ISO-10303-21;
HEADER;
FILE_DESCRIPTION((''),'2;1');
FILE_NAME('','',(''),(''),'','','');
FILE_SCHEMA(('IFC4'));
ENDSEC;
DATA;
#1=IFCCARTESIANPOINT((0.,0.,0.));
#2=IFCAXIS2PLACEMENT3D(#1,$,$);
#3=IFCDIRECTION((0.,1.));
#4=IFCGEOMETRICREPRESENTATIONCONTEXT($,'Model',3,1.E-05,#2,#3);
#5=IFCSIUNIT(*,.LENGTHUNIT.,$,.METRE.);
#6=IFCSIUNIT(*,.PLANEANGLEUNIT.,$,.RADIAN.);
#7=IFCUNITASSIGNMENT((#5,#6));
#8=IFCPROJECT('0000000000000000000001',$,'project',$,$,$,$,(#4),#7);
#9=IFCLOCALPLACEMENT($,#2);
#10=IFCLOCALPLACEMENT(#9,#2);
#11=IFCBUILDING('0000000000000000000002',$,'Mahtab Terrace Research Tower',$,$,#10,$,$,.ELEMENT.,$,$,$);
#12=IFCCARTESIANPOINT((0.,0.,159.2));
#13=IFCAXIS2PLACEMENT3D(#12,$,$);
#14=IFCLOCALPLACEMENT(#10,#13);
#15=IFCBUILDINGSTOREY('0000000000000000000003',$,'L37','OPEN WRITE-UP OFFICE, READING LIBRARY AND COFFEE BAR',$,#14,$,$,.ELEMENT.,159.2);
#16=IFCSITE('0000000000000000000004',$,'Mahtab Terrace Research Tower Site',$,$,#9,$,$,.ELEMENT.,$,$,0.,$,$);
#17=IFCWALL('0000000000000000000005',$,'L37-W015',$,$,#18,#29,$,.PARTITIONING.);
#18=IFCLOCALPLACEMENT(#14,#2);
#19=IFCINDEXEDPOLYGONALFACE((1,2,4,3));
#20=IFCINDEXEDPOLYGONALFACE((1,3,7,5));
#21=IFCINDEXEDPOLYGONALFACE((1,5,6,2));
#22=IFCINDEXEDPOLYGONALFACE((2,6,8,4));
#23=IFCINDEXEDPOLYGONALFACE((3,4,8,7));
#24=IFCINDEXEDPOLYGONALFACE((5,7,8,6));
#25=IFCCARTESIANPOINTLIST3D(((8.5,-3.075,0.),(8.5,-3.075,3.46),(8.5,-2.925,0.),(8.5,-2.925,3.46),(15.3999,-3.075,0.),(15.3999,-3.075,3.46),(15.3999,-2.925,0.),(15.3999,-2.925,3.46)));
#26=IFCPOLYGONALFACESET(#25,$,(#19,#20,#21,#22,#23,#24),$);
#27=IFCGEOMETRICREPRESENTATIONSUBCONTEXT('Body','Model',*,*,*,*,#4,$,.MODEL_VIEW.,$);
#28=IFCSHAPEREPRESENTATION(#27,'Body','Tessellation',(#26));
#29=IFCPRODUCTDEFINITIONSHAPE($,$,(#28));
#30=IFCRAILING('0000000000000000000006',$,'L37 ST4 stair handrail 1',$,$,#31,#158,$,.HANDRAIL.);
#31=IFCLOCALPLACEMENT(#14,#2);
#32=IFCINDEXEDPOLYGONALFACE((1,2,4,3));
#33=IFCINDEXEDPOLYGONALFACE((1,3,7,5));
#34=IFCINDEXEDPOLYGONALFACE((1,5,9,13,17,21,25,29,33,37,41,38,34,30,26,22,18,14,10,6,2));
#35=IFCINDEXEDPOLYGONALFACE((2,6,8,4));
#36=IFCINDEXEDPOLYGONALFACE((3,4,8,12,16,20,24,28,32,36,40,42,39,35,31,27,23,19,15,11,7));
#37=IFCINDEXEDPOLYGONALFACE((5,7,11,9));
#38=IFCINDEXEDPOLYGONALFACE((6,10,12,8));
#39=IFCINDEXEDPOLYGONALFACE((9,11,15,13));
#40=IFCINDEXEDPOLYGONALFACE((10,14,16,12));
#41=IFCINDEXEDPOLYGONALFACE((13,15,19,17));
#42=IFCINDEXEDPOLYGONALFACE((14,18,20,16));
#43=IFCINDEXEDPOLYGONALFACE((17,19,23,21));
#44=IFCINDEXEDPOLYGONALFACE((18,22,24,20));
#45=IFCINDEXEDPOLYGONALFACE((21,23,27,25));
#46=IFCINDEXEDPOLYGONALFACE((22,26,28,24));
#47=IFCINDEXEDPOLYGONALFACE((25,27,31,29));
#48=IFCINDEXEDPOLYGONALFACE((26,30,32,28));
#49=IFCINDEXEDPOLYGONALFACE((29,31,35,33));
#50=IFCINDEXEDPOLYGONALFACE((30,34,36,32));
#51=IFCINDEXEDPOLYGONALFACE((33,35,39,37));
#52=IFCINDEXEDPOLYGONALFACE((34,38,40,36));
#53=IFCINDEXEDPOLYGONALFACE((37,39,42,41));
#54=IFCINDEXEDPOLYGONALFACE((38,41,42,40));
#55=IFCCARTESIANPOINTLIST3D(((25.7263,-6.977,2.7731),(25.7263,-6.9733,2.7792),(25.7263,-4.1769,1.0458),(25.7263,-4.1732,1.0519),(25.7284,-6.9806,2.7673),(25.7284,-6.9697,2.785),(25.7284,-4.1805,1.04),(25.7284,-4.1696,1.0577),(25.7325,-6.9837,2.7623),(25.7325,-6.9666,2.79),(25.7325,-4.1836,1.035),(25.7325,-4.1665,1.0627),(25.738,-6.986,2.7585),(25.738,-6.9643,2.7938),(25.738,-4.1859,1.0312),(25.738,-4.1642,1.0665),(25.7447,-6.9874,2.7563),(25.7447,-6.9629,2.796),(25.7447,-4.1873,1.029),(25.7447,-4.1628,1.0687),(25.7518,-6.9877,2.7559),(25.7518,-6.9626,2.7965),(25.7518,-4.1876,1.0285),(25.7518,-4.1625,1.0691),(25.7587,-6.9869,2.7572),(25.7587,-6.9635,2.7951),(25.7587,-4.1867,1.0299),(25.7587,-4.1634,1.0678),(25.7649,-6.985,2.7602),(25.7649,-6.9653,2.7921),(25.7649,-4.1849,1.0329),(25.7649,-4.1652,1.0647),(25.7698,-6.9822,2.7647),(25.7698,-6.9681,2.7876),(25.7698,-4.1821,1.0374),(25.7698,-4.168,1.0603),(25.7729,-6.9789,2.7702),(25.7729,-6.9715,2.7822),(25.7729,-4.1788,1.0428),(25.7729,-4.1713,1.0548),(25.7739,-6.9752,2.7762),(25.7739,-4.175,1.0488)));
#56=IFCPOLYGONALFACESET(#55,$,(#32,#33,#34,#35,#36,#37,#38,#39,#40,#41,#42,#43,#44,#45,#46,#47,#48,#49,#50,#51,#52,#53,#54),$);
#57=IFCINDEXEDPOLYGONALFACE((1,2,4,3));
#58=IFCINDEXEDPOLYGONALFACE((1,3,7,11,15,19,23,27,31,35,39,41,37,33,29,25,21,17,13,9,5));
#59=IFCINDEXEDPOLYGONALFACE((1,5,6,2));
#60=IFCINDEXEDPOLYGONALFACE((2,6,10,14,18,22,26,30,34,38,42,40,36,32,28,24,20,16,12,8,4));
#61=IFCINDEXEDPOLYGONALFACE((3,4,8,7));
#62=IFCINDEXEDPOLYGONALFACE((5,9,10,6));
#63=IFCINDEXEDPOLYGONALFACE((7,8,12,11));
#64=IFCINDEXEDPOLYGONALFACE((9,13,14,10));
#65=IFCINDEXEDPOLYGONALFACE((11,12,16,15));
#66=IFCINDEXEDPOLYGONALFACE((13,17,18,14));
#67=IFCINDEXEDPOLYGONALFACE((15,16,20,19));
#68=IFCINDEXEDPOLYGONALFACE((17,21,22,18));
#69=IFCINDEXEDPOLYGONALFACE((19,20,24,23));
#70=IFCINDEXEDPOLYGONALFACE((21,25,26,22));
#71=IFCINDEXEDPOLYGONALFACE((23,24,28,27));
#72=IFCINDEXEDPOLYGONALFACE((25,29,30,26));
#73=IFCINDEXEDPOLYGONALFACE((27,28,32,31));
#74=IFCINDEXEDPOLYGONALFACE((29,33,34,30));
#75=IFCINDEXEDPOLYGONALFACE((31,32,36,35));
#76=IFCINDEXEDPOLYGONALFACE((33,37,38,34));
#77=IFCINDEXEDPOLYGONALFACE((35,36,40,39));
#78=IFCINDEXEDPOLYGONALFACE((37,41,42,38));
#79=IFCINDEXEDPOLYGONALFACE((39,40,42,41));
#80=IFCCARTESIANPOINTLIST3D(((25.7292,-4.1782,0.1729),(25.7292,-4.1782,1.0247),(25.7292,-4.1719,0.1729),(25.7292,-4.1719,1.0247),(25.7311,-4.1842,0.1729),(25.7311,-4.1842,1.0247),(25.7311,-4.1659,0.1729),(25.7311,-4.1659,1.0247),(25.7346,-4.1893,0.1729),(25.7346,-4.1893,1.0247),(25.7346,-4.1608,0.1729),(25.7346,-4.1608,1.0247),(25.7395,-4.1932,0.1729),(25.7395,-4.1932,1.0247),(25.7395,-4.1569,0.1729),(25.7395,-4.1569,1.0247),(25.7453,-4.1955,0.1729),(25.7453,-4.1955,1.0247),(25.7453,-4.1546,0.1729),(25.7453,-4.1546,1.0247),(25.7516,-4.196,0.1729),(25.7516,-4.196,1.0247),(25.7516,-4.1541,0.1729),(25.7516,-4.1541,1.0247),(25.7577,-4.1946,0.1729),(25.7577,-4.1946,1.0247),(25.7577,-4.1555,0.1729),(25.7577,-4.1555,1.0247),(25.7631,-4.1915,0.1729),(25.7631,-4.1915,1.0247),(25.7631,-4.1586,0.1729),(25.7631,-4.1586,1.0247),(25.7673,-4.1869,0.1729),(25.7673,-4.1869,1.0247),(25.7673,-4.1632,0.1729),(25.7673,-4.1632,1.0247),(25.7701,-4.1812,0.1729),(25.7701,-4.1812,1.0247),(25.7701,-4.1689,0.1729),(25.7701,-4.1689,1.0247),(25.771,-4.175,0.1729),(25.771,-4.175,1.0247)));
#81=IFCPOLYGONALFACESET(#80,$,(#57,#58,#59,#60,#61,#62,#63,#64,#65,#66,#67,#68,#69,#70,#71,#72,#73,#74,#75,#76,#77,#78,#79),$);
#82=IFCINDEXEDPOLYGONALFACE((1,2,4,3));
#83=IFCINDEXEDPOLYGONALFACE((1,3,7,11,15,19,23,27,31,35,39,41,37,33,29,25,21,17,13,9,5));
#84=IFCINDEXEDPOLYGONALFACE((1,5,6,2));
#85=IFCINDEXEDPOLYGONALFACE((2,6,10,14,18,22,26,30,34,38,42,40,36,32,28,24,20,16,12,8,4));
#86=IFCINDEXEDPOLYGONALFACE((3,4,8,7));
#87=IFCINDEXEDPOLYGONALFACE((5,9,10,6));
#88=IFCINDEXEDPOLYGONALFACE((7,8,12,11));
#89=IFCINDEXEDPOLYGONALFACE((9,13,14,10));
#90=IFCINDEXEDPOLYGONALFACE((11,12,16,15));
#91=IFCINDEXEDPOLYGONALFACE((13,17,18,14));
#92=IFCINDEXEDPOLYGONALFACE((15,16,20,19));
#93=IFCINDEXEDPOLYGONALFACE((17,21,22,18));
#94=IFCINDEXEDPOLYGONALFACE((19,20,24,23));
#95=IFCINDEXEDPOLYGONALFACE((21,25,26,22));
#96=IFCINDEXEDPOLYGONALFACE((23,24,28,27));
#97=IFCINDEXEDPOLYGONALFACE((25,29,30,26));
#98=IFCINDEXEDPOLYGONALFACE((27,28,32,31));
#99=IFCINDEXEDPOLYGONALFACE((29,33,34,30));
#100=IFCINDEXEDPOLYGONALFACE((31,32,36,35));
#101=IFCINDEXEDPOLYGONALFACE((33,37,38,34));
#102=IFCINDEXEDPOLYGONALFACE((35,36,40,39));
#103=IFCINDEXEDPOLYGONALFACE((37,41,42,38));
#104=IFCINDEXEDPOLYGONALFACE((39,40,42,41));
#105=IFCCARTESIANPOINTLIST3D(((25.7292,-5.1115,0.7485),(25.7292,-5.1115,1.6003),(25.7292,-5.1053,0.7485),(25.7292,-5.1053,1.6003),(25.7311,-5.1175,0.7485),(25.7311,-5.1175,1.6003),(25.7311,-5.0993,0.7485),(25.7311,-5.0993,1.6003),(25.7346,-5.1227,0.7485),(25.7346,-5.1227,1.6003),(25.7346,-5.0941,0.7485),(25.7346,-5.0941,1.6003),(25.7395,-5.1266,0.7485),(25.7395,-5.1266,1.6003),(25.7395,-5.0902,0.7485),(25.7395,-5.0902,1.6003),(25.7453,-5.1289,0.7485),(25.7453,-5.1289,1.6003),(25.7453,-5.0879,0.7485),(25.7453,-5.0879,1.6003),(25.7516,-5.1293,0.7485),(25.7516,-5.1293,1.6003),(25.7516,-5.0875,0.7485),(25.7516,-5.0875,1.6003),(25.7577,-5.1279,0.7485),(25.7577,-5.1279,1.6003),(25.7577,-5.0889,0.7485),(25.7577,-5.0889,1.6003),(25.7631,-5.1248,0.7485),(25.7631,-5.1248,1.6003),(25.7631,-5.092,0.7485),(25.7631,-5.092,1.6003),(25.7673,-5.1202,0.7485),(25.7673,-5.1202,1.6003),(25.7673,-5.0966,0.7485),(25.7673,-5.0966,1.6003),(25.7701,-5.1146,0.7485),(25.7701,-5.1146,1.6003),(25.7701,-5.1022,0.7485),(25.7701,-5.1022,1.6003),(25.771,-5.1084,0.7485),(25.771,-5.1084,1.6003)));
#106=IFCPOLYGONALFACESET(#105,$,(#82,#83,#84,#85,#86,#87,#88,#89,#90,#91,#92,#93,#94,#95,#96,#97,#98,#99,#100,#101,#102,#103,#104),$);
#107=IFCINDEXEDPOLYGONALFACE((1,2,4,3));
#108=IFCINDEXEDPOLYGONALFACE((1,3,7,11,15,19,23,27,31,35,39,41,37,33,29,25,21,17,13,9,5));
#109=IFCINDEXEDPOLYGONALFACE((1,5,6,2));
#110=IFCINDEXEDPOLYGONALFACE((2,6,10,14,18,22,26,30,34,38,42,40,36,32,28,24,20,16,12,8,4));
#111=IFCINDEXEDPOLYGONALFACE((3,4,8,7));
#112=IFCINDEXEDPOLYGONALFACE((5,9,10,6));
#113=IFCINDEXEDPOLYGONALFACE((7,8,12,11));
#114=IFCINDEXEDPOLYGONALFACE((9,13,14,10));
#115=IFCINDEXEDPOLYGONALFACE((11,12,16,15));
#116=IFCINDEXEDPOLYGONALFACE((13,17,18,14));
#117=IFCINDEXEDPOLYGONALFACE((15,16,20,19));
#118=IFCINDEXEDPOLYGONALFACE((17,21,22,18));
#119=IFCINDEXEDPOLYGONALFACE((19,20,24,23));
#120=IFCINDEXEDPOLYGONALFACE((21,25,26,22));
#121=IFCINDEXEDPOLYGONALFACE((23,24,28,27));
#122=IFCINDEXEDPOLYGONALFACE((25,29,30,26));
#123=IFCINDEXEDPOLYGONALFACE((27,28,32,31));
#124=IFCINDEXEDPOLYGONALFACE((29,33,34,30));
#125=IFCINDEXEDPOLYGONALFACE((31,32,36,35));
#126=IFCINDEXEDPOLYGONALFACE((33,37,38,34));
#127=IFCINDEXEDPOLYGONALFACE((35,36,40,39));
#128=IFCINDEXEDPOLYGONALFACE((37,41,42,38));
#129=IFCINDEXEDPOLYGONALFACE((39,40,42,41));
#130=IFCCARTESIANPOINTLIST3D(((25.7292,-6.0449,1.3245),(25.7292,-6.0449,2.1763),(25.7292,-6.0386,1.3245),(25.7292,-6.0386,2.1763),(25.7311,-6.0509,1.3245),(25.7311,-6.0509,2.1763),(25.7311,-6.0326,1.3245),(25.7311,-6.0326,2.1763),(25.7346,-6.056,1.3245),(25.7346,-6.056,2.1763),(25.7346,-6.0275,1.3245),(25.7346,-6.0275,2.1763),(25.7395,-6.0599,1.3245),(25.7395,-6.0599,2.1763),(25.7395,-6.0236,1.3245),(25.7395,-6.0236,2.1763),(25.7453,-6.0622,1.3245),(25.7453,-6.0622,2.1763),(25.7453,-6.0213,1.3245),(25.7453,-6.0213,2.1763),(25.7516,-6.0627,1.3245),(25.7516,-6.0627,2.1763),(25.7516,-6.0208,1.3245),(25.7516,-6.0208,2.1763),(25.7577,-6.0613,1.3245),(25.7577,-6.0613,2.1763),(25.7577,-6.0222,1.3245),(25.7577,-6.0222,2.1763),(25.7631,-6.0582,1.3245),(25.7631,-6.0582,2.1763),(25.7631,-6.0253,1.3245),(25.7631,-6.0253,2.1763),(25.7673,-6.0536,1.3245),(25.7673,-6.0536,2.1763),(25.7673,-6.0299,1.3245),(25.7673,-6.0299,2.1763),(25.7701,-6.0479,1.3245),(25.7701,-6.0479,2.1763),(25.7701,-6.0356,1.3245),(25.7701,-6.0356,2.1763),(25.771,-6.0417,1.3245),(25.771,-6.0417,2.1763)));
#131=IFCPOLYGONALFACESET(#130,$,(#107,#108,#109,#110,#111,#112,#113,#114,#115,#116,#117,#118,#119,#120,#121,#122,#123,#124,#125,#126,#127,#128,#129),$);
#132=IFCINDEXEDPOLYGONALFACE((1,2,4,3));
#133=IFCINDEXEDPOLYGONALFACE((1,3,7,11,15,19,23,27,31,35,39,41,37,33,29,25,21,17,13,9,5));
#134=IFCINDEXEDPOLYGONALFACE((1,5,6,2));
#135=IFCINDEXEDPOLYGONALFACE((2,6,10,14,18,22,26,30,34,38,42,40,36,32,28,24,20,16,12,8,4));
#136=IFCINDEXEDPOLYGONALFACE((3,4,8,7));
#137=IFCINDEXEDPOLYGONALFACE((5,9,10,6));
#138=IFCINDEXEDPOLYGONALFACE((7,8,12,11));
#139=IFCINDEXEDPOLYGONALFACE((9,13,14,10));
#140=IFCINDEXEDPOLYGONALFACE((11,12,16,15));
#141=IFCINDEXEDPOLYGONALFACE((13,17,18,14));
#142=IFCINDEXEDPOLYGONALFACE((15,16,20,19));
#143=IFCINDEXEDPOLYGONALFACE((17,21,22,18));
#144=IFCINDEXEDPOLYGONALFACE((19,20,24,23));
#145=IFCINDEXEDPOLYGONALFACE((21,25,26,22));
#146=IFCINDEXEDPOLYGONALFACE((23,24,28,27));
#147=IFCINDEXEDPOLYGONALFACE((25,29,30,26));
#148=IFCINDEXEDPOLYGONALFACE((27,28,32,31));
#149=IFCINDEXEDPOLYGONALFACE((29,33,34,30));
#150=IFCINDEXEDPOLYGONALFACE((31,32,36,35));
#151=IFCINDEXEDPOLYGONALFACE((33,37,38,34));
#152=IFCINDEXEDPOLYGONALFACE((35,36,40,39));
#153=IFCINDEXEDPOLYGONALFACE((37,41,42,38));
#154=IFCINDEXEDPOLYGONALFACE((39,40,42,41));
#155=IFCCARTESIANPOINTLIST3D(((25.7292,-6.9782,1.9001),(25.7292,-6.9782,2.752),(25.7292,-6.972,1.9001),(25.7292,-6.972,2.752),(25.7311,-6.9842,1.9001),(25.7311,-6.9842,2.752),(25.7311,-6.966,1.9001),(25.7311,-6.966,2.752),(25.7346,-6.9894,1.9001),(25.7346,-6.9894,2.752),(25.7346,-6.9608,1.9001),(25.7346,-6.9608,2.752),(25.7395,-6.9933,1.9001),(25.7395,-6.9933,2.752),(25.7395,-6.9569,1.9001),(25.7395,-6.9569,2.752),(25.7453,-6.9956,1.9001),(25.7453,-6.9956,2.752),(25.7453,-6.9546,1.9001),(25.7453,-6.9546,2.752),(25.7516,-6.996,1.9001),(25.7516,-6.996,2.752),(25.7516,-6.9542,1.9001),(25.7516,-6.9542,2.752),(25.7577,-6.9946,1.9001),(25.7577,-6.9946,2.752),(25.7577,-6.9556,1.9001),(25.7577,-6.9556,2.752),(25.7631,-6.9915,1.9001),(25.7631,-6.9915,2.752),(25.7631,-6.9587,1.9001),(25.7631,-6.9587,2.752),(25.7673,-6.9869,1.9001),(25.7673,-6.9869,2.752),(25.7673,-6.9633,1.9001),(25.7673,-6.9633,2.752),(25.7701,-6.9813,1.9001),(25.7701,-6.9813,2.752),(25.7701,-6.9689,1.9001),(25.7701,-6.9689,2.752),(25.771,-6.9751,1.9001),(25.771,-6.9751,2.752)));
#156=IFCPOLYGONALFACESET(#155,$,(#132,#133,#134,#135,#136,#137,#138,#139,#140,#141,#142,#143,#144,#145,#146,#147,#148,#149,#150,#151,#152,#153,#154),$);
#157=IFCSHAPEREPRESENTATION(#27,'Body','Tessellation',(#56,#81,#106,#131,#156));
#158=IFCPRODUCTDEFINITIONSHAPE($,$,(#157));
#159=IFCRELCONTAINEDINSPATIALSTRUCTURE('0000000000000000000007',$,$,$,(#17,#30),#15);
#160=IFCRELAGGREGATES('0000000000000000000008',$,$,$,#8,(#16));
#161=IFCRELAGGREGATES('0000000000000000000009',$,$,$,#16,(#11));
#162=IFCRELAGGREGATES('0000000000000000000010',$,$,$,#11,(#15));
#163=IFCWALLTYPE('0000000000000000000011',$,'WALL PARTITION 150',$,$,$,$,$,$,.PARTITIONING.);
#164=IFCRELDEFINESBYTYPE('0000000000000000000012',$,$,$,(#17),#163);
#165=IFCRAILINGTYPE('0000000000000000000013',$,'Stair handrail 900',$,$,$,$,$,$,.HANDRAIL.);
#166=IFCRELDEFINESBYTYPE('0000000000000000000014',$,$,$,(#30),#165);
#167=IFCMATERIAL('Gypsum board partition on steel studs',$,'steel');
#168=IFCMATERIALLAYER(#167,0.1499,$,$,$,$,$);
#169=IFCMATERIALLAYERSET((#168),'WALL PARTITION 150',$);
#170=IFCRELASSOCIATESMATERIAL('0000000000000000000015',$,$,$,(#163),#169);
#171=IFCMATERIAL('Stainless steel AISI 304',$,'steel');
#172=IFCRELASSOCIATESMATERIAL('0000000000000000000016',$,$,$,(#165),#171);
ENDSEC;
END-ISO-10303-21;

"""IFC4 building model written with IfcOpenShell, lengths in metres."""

from ifc_helpers import new_model, si_unit, direction, frame, frame_2d, origin, origin_2d, place, context, subcontext, project, spatial, rectangle, circle, extrude, material, layer, layer_set, type_object, element, save


model = new_model("IFC4")

# Units and contexts
model_context = context("Model", 3, precision=1e-05, world=origin(), true_north=direction((0.0, 1.0)))
body_context = subcontext(model_context, "Body", "Model", "MODEL_VIEW")
ifc_project = project(units=[si_unit("LENGTHUNIT", "METRE"), si_unit("PLANEANGLEUNIT", "RADIAN")], contexts=[model_context])

# Site, building, storey
site_placement = place(None, origin())
site = spatial("IfcSite", under=ifc_project, at=site_placement, Name="Mahtab Terrace Research Tower Site", CompositionType="ELEMENT", RefElevation=0.0)
building_placement = place(site_placement, origin())
building = spatial("IfcBuilding", under=site, at=building_placement, Name="Mahtab Terrace Research Tower", CompositionType="ELEMENT")
storey_placement = place(building_placement, frame((0.0, 0.0, 159.2)))
storey = spatial("IfcBuildingStorey", under=building, at=storey_placement, Name="L37", Description="OPEN WRITE-UP OFFICE, READING LIBRARY AND COFFEE BAR", CompositionType="ELEMENT", Elevation=159.2)

# Shared definitions
ifc_material_1 = material(Name="Stainless steel AISI 304", Category="steel")

# Wall
ifc_material_2 = material(Name="Gypsum board partition on steel studs", Category="steel")
ifc_layer_1 = layer(ifc_material_2, 0.1499)
ifc_layer_set_1 = layer_set([ifc_layer_1], Name="WALL PARTITION 150")
wall_type_1 = type_object("IfcWallType", Name="WALL PARTITION 150", PredefinedType="PARTITIONING", material=ifc_layer_set_1)
wall_1_placement = place(storey_placement, frame((8.5, -3.0, 0.0), z_axis=(0.0, 0.0, 1.0), x_axis=(1.0, 0.0, 0.0)))
element("IfcWall", 1, at=wall_1_placement, inside=storey, type_object=wall_type_1, Name="L37-W015", PredefinedType="PARTITIONING", context=body_context, shape_type="SweptSolid", body=[
    extrude(rectangle(XDim=6.8999, YDim=0.1499, at=frame_2d((3.45, 0.0))), origin(), (0.0, 0.0, 1.0), 3.46),
])

# Railing
railing_type = type_object("IfcRailingType", Name="Stair handrail 900", PredefinedType="HANDRAIL", material=ifc_material_1)
railing_placement = place(storey_placement, frame((25.75, -4.175, 0.1729)))
element("IfcRailing", 2, at=railing_placement, inside=storey, type_object=railing_type, Name="L37 ST4 stair handrail 1", PredefinedType="HANDRAIL", context=body_context, shape_type="SweptSolid", body=[
    extrude(circle(Radius=0.0239, at=origin_2d()), frame((0.0, 0.0, 0.876), z_axis=(0.0, -0.85109, 0.52502), x_axis=(1.0, 0.0, 0.0)), (0.0, 0.0, 1.0), 3.29),
    extrude(circle(Radius=0.021, at=origin_2d()), origin(), (0.0, 0.0, 1.0), 0.8518),
    extrude(circle(Radius=0.021, at=origin_2d()), frame((0.0, -0.9333, 0.5757)), (0.0, 0.0, 1.0), 0.8518),
    extrude(circle(Radius=0.021, at=origin_2d()), frame((0.0, -1.8667, 1.1516)), (0.0, 0.0, 1.0), 0.8518),
    extrude(circle(Radius=0.021, at=origin_2d()), frame((0.0, -2.8, 1.7273)), (0.0, 0.0, 1.0), 0.8518),
])

save(model, "model.ifc")
